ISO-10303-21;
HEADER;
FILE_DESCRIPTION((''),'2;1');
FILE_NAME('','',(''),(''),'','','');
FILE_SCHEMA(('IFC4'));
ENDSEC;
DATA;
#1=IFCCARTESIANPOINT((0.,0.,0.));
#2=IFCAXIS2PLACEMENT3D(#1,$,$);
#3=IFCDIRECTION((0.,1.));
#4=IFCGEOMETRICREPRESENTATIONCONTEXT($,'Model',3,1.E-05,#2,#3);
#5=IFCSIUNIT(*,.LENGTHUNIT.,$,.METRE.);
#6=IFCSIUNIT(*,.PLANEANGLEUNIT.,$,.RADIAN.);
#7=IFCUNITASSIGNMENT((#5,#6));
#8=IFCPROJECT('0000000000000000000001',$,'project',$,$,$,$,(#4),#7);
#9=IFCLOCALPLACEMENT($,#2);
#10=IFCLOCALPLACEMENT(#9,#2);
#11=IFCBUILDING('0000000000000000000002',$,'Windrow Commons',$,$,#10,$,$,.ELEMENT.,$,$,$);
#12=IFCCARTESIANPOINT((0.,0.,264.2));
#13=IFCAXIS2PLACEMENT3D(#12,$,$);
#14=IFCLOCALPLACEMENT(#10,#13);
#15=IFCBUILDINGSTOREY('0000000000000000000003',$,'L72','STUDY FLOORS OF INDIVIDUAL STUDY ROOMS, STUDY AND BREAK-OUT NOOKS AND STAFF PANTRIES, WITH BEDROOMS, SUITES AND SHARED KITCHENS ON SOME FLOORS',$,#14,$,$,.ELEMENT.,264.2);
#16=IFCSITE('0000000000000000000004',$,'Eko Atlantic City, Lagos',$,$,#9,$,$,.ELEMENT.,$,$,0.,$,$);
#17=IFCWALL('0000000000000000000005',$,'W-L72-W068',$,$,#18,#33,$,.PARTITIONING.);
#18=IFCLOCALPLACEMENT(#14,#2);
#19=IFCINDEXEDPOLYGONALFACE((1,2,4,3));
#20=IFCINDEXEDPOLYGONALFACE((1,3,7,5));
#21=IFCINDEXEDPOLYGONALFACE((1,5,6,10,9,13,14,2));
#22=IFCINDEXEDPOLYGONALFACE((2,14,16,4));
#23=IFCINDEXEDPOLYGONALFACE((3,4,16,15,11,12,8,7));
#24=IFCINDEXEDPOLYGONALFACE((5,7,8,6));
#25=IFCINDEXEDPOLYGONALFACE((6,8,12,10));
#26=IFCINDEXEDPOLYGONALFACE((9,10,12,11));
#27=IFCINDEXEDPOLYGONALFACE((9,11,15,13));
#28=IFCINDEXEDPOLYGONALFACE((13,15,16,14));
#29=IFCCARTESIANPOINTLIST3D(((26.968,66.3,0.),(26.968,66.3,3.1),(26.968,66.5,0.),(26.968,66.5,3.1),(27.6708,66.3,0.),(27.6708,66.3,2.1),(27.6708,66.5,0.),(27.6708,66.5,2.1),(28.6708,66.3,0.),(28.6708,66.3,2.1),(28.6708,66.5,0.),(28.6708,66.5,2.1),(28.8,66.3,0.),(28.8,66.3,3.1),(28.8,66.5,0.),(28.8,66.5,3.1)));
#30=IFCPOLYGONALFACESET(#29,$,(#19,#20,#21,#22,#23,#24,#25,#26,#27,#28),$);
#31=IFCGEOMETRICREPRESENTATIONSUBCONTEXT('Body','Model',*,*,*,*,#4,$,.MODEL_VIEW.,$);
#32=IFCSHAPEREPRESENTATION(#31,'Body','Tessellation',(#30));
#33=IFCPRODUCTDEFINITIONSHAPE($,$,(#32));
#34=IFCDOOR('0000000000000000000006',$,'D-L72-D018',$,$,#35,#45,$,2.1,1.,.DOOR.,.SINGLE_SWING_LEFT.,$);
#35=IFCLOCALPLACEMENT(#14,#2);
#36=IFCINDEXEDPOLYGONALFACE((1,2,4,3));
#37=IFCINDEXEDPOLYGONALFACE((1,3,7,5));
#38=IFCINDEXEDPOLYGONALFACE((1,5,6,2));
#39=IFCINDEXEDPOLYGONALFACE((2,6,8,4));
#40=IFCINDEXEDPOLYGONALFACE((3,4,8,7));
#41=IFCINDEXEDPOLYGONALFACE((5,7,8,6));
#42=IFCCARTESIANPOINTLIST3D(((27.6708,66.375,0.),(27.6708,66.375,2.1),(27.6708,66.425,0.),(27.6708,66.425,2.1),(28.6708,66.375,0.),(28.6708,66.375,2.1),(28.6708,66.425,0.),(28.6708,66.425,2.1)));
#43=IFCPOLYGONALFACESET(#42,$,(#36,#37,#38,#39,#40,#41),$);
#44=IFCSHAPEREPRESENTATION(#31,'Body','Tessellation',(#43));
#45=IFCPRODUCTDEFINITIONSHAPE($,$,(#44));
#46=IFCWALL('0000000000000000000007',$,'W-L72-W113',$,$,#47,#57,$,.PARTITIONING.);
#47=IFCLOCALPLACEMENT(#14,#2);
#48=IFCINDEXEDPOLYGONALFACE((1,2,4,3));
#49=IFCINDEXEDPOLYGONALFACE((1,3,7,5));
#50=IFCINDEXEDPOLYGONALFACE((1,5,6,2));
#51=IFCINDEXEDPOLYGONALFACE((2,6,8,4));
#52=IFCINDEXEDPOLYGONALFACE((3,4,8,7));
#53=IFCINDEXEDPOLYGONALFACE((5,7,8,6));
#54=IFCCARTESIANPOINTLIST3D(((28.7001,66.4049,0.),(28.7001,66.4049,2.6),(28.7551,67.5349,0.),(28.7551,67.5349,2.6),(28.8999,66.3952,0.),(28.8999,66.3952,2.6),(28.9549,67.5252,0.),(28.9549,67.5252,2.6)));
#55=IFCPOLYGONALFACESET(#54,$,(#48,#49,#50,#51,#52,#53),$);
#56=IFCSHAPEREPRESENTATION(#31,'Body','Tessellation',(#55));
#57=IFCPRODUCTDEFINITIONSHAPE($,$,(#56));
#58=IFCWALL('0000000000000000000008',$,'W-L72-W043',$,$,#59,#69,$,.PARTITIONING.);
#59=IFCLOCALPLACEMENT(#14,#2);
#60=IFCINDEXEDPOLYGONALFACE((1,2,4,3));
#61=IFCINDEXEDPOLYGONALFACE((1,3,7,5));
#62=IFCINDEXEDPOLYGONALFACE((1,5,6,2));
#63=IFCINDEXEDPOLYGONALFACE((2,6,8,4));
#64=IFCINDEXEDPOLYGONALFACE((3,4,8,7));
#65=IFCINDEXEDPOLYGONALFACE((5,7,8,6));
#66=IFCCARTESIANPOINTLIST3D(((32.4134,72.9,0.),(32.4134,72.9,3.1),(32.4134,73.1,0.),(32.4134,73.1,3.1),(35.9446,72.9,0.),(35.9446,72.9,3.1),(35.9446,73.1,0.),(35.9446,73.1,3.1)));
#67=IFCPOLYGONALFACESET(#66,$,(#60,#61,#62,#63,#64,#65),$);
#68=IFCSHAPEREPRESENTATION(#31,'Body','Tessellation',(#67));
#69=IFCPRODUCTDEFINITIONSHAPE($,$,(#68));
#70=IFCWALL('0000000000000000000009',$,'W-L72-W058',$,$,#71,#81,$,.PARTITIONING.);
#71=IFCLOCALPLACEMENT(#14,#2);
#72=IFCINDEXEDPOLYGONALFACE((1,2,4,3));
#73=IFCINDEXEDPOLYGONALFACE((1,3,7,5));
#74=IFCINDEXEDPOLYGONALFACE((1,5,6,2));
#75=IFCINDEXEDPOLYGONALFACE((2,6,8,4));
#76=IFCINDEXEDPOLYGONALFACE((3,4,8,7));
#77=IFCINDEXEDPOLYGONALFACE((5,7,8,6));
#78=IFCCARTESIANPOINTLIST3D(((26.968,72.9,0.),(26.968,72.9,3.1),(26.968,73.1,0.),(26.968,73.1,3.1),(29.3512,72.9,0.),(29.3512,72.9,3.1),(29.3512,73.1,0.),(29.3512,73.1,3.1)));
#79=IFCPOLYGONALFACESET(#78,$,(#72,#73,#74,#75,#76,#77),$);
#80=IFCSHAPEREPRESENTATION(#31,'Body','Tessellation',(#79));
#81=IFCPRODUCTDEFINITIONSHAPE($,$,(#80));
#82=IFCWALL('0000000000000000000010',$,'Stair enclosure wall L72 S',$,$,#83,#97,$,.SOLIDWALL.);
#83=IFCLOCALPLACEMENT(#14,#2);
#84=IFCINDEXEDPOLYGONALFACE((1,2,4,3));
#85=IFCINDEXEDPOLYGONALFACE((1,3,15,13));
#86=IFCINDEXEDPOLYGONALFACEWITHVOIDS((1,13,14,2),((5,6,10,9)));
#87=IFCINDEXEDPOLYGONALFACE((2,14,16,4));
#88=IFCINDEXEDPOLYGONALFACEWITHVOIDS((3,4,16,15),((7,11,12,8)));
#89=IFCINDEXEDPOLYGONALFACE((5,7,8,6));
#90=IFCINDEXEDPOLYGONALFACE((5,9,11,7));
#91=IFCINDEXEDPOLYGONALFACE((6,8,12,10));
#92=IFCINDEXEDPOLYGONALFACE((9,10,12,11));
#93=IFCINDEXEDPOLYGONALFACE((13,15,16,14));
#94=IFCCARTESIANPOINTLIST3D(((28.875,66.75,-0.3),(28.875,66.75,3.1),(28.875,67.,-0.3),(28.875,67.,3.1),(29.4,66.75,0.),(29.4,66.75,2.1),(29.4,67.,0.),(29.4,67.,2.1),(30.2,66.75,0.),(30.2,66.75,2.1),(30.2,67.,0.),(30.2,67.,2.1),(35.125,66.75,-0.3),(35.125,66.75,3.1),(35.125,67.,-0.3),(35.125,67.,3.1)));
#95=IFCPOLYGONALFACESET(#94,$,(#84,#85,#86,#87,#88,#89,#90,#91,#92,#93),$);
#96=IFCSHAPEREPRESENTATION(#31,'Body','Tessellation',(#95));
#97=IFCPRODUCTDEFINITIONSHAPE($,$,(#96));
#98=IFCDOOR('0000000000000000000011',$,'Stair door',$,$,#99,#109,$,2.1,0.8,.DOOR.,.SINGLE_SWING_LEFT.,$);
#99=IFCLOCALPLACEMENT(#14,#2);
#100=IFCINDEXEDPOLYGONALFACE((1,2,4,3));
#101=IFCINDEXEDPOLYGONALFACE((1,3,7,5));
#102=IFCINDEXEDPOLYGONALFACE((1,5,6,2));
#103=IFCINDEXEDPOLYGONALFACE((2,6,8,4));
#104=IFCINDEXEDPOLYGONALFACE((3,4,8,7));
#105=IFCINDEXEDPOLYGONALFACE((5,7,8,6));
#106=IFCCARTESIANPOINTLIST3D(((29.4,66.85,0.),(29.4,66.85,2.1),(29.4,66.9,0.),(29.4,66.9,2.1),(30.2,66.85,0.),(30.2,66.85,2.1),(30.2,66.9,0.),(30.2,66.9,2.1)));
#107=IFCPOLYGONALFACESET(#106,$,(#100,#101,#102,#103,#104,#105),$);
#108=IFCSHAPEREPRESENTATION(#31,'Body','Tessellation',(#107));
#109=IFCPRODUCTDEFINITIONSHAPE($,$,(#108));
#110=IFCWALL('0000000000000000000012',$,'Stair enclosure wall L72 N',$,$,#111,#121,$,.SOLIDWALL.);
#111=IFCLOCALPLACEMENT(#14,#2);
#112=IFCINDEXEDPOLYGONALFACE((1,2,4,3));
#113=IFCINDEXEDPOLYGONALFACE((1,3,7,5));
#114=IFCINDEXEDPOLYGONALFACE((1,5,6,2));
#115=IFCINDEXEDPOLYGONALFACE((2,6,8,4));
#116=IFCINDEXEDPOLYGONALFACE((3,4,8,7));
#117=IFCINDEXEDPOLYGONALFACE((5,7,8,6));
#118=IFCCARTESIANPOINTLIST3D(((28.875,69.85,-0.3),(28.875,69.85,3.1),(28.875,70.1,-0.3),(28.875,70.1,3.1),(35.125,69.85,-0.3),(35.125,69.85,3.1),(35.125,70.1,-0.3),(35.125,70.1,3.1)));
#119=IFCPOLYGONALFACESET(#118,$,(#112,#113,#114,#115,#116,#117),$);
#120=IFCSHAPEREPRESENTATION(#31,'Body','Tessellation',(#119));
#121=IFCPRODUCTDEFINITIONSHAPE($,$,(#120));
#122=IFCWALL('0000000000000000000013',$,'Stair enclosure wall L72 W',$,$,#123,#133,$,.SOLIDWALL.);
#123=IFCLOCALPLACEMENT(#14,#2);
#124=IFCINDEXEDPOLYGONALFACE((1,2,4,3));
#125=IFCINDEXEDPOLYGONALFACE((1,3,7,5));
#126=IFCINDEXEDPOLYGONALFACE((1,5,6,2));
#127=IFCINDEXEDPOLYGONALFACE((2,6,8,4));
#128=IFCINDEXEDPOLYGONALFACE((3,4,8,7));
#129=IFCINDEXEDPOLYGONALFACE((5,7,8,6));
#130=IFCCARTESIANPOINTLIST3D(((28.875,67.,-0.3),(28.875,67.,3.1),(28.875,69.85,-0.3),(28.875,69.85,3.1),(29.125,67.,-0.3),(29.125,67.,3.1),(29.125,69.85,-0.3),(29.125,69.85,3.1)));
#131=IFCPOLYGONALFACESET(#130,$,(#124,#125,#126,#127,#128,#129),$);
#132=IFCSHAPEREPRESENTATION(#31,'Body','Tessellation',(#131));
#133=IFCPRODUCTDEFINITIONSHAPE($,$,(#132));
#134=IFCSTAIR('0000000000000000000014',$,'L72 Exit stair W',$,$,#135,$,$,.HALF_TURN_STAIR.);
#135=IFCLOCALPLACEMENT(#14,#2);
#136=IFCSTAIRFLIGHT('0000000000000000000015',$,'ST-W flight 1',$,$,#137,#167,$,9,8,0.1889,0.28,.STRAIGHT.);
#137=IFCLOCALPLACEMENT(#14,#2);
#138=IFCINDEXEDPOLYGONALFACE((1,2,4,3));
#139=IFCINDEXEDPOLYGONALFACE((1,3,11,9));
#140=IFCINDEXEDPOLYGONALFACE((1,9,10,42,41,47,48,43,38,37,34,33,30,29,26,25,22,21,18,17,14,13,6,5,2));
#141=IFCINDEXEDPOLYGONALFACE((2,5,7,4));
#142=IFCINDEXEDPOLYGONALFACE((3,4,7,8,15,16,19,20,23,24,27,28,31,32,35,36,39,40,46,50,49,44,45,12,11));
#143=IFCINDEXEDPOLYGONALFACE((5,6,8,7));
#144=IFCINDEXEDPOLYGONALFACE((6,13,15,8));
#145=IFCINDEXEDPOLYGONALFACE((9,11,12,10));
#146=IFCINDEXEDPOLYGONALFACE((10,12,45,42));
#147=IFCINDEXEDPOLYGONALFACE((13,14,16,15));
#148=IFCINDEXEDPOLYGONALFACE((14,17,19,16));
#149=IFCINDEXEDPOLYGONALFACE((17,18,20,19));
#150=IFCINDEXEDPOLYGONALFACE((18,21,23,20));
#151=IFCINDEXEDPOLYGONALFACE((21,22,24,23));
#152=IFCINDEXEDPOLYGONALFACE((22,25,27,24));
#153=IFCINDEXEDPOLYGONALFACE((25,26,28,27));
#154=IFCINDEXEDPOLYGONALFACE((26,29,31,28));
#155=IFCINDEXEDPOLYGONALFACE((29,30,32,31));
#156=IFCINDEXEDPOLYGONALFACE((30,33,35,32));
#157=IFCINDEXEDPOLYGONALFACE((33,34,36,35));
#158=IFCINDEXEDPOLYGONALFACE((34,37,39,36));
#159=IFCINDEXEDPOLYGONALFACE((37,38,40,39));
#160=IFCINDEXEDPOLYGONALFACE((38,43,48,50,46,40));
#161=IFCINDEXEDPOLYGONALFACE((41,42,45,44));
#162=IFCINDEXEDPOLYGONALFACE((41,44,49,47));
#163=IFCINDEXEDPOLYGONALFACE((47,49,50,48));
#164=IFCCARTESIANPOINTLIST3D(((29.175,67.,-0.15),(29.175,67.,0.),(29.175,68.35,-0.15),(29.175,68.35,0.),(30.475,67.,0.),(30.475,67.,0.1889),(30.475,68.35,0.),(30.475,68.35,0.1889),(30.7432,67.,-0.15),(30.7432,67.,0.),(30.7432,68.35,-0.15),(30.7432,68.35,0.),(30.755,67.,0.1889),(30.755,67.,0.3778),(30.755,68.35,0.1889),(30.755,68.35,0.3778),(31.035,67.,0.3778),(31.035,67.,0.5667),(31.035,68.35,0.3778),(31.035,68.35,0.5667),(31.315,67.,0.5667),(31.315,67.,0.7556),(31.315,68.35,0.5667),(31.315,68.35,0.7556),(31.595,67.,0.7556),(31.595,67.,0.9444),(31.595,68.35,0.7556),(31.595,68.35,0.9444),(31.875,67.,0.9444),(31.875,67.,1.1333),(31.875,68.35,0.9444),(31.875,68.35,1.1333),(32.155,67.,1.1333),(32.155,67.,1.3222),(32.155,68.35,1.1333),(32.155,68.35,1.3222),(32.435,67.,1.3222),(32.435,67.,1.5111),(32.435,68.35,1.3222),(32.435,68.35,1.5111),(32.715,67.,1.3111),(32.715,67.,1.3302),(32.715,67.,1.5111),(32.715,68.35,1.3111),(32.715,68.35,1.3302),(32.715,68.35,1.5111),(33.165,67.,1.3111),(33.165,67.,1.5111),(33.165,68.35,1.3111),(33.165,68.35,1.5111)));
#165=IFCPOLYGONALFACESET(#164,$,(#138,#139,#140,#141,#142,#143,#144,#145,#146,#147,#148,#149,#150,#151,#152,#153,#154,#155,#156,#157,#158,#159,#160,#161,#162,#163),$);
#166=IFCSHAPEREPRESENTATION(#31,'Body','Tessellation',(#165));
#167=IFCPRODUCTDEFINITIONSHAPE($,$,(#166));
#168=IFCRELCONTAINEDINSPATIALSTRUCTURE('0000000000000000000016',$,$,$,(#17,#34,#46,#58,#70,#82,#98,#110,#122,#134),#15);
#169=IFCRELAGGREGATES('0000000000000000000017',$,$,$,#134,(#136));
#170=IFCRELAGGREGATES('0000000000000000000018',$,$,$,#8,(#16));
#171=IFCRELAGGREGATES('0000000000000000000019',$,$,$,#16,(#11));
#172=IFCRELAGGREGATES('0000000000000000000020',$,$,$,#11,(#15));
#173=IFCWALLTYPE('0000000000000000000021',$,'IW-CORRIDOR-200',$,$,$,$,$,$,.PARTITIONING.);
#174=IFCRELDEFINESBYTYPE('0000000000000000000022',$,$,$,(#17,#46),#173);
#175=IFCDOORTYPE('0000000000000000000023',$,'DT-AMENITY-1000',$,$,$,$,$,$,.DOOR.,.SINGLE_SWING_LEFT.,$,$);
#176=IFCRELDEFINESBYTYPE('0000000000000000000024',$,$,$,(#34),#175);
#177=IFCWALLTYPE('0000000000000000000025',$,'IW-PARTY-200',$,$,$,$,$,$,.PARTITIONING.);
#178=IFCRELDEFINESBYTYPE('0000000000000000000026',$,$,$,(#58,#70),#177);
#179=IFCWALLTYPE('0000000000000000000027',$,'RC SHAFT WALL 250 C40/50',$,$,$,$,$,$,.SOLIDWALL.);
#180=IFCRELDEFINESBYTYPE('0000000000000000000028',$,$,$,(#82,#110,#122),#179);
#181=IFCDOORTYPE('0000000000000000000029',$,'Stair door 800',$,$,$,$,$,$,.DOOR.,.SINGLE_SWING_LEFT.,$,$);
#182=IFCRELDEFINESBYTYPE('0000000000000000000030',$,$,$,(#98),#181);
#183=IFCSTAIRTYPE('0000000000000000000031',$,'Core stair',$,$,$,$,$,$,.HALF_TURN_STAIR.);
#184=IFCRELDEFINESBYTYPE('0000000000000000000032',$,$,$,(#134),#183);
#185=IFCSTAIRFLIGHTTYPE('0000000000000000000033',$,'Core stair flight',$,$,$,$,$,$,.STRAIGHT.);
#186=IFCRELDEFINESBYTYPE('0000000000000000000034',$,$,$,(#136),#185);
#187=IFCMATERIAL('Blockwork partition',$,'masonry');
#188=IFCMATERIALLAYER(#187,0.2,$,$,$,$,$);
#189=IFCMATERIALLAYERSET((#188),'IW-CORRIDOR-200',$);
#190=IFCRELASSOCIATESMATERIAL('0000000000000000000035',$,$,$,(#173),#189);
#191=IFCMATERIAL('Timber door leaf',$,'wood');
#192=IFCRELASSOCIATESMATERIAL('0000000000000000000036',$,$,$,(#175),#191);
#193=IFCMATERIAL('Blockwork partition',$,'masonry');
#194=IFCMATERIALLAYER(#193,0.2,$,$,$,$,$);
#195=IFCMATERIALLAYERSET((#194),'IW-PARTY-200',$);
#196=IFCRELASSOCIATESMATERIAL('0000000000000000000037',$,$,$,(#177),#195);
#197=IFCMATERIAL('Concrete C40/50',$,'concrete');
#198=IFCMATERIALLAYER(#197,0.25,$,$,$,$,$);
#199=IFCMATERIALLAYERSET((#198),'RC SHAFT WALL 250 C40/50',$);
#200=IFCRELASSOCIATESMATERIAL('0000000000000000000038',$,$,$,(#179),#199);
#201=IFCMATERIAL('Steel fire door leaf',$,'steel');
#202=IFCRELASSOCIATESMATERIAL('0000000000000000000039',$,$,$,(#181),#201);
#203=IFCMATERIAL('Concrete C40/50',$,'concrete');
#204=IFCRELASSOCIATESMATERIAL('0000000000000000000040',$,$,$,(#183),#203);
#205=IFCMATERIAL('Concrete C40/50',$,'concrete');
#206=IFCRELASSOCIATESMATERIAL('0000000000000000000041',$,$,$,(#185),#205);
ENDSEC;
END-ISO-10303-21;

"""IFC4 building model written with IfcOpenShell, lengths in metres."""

from ifc_helpers import new_model, si_unit, direction, frame, frame_2d, origin, place, context, subcontext, project, spatial, polyline, rectangle, outline, extrude, material, layer, layer_set, type_object, element, fill, aggregate, save


model = new_model("IFC4")

# Units and contexts
model_context = context("Model", 3, precision=1e-05, world=origin(), true_north=direction((0.0, 1.0)))
body_context = subcontext(model_context, "Body", "Model", "MODEL_VIEW")
ifc_project = project(units=[si_unit("LENGTHUNIT", "METRE"), si_unit("PLANEANGLEUNIT", "RADIAN")], contexts=[model_context])

# Site, building, storey
site_placement = place(None, origin())
site = spatial("IfcSite", under=ifc_project, at=site_placement, Name="Eko Atlantic City, Lagos", CompositionType="ELEMENT", RefElevation=0.0)
building_placement = place(site_placement, origin())
building = spatial("IfcBuilding", under=site, at=building_placement, Name="Windrow Commons", CompositionType="ELEMENT")
storey_placement = place(building_placement, frame((0.0, 0.0, 264.2)))
storey = spatial("IfcBuildingStorey", under=building, at=storey_placement, Name="L72", Description="STUDY FLOORS OF INDIVIDUAL STUDY ROOMS, STUDY AND BREAK-OUT NOOKS AND STAFF PANTRIES, WITH BEDROOMS, SUITES AND SHARED KITCHENS ON SOME FLOORS", CompositionType="ELEMENT", Elevation=264.2)

# Shared definitions
ifc_material_1 = material(Name="Blockwork partition", Category="masonry")
ifc_layer_1 = layer(ifc_material_1, 0.2)
ifc_layer_set_1 = layer_set([ifc_layer_1], Name="IW-CORRIDOR-200")
wall_type_1 = type_object("IfcWallType", Name="IW-CORRIDOR-200", PredefinedType="PARTITIONING", material=ifc_layer_set_1)

# Wall, opening, door
wall_1_placement = place(storey_placement, frame((26.968, 66.4, 0.0), z_axis=(0.0, 0.0, 1.0), x_axis=(1.0, 0.0, 0.0)))
wall_1 = element("IfcWall", 1, at=wall_1_placement, inside=storey, type_object=wall_type_1, Name="W-L72-W068", PredefinedType="PARTITIONING", context=body_context, shape_type="SweptSolid", body=[
    extrude(rectangle(XDim=1.832, YDim=0.2, at=frame_2d((0.916, 0.0))), origin(), (0.0, 0.0, 1.0), 3.1),
])
opening_1_placement = place(wall_1_placement, frame((0.7028, 0.0, 0.0)))
opening_1 = element("IfcOpeningElement", 2, at=opening_1_placement, cuts=wall_1, PredefinedType="OPENING", context=body_context, shape_type="SweptSolid", body=[
    extrude(rectangle(XDim=1.0, YDim=2.1, at=frame_2d((0.5, 1.05))), frame((0.0, 0.11, 0.0), z_axis=(0.0, -1.0, 0.0), x_axis=(1.0, 0.0, 0.0)), (0.0, 0.0, 1.0), 0.22),
])
ifc_material_2 = material(Name="Timber door leaf", Category="wood")
door_type_1 = type_object("IfcDoorType", Name="DT-AMENITY-1000", OperationType="SINGLE_SWING_LEFT", PredefinedType="DOOR", material=ifc_material_2)
door_1_placement = place(opening_1_placement, origin())
door_1 = element("IfcDoor", 3, at=door_1_placement, inside=storey, type_object=door_type_1, Name="D-L72-D018", OperationType="SINGLE_SWING_LEFT", OverallHeight=2.1, OverallWidth=1.0, PredefinedType="DOOR", context=body_context, shape_type="SweptSolid", body=[
    extrude(rectangle(XDim=1.0, YDim=2.1, at=frame_2d((0.5, 1.05))), frame((0.0, 0.025, 0.0), z_axis=(0.0, -1.0, 0.0), x_axis=(1.0, 0.0, 0.0)), (0.0, 0.0, 1.0), 0.05),
])
fill(opening_1, door_1)

# Walls
wall_2_placement = place(storey_placement, frame((28.855, 67.53, 0.0), z_axis=(0.0, 0.0, 1.0), x_axis=(-0.048615, -0.998818, 0.0)))
element("IfcWall", 4, at=wall_2_placement, inside=storey, type_object=wall_type_1, Name="W-L72-W113", PredefinedType="PARTITIONING", context=body_context, shape_type="SweptSolid", body=[
    extrude(rectangle(XDim=1.1313, YDim=0.2, at=frame_2d((0.5656, 0.0))), origin(), (0.0, 0.0, 1.0), 2.6),
])
ifc_material_3 = material(Name="Blockwork partition", Category="masonry")
ifc_layer_2 = layer(ifc_material_3, 0.2)
ifc_layer_set_2 = layer_set([ifc_layer_2], Name="IW-PARTY-200")
wall_type_2 = type_object("IfcWallType", Name="IW-PARTY-200", PredefinedType="PARTITIONING", material=ifc_layer_set_2)
wall_3_placement = place(storey_placement, frame((32.4135, 73.0, 0.0), z_axis=(0.0, 0.0, 1.0), x_axis=(1.0, 0.0, 0.0)))
element("IfcWall", 5, at=wall_3_placement, inside=storey, type_object=wall_type_2, Name="W-L72-W043", PredefinedType="PARTITIONING", context=body_context, shape_type="SweptSolid", body=[
    extrude(rectangle(XDim=3.5311, YDim=0.2, at=frame_2d((1.7655, 0.0))), origin(), (0.0, 0.0, 1.0), 3.1),
])
wall_4_placement = place(storey_placement, frame((26.968, 73.0, 0.0), z_axis=(0.0, 0.0, 1.0), x_axis=(1.0, 0.0, 0.0)))
element("IfcWall", 6, at=wall_4_placement, inside=storey, type_object=wall_type_2, Name="W-L72-W058", PredefinedType="PARTITIONING", context=body_context, shape_type="SweptSolid", body=[
    extrude(rectangle(XDim=2.3831, YDim=0.2, at=frame_2d((1.1916, 0.0))), origin(), (0.0, 0.0, 1.0), 3.1),
])

# Wall, opening, door
ifc_material_4 = material(Name="Concrete C40/50", Category="concrete")
ifc_layer_3 = layer(ifc_material_4, 0.25)
ifc_layer_set_3 = layer_set([ifc_layer_3], Name="RC SHAFT WALL 250 C40/50")
wall_type_3 = type_object("IfcWallType", Name="RC SHAFT WALL 250 C40/50", PredefinedType="SOLIDWALL", material=ifc_layer_set_3)
wall_5_placement = place(storey_placement, frame((28.875, 66.875, -0.3), z_axis=(0.0, 0.0, 1.0), x_axis=(1.0, 0.0, 0.0)))
wall_5 = element("IfcWall", 7, at=wall_5_placement, inside=storey, type_object=wall_type_3, Name="Stair enclosure wall L72 S", PredefinedType="SOLIDWALL", context=body_context, shape_type="SweptSolid", body=[
    extrude(rectangle(XDim=6.25, YDim=0.25, at=frame_2d((3.125, 0.0))), origin(), (0.0, 0.0, 1.0), 3.4),
])
opening_2_placement = place(wall_5_placement, frame((0.525, 0.0, 0.3)))
opening_2 = element("IfcOpeningElement", 8, at=opening_2_placement, cuts=wall_5, PredefinedType="OPENING", context=body_context, shape_type="SweptSolid", body=[
    extrude(rectangle(XDim=0.8, YDim=2.1, at=frame_2d((0.4, 1.05))), frame((0.0, 0.135, 0.0), z_axis=(0.0, -1.0, 0.0), x_axis=(1.0, 0.0, 0.0)), (0.0, 0.0, 1.0), 0.27),
])
ifc_material_5 = material(Name="Steel fire door leaf", Category="steel")
door_type_2 = type_object("IfcDoorType", Name="Stair door 800", OperationType="SINGLE_SWING_LEFT", PredefinedType="DOOR", material=ifc_material_5)
door_2_placement = place(opening_2_placement, origin())
door_2 = element("IfcDoor", 9, at=door_2_placement, inside=storey, type_object=door_type_2, Name="Stair door", OperationType="SINGLE_SWING_LEFT", OverallHeight=2.1, OverallWidth=0.8, PredefinedType="DOOR", context=body_context, shape_type="SweptSolid", body=[
    extrude(rectangle(XDim=0.8, YDim=2.1, at=frame_2d((0.4, 1.05))), frame((0.0, 0.025, 0.0), z_axis=(0.0, -1.0, 0.0), x_axis=(1.0, 0.0, 0.0)), (0.0, 0.0, 1.0), 0.05),
])
fill(opening_2, door_2)

# Walls
wall_6_placement = place(storey_placement, frame((28.875, 69.975, -0.3), z_axis=(0.0, 0.0, 1.0), x_axis=(1.0, 0.0, 0.0)))
element("IfcWall", 10, at=wall_6_placement, inside=storey, type_object=wall_type_3, Name="Stair enclosure wall L72 N", PredefinedType="SOLIDWALL", context=body_context, shape_type="SweptSolid", body=[
    extrude(rectangle(XDim=6.25, YDim=0.25, at=frame_2d((3.125, 0.0))), origin(), (0.0, 0.0, 1.0), 3.4),
])
wall_7_placement = place(storey_placement, frame((29.0, 67.0, -0.3), z_axis=(0.0, 0.0, 1.0), x_axis=(0.0, 1.0, 0.0)))
element("IfcWall", 11, at=wall_7_placement, inside=storey, type_object=wall_type_3, Name="Stair enclosure wall L72 W", PredefinedType="SOLIDWALL", context=body_context, shape_type="SweptSolid", body=[
    extrude(rectangle(XDim=2.85, YDim=0.25, at=frame_2d((1.425, 0.0))), origin(), (0.0, 0.0, 1.0), 3.4),
])

# Stair, stair flight
ifc_material_6 = material(Name="Concrete C40/50", Category="concrete")
stair_type = type_object("IfcStairType", Name="Core stair", PredefinedType="HALF_TURN_STAIR", material=ifc_material_6)
stair_placement = place(storey_placement, origin())
stair = element("IfcStair", 12, at=stair_placement, inside=storey, type_object=stair_type, Name="L72 Exit stair W", PredefinedType="HALF_TURN_STAIR")
ifc_material_7 = material(Name="Concrete C40/50", Category="concrete")
stair_flight_type = type_object("IfcStairFlightType", Name="Core stair flight", PredefinedType="STRAIGHT", material=ifc_material_7)
stair_flight_1_placement = place(storey_placement, frame((30.475, 67.675, 0.0), z_axis=(0.0, 0.0, 1.0), x_axis=(1.0, 0.0, 0.0)))
stair_flight_1 = element("IfcStairFlight", 13, at=stair_flight_1_placement, type_object=stair_flight_type, Name="ST-W flight 1", NumberOfRisers=9, NumberOfTreads=8, PredefinedType="STRAIGHT", RiserHeight=0.1889, TreadLength=0.28, context=body_context, shape_type="SweptSolid", body=[
    extrude(outline(polyline([(-1.3, -0.15), (-1.3, 0.0), (0.0, 0.0), (0.0, 0.1889), (0.28, 0.1889), (0.28, 0.3778), (0.56, 0.3778), (0.56, 0.5667), (0.84, 0.5667), (0.84, 0.7556), (1.12, 0.7556), (1.12, 0.9444), (1.4, 0.9444), (1.4, 1.1333), (1.68, 1.1333), (1.68, 1.3222), (1.96, 1.3222), (1.96, 1.5111), (2.24, 1.5111), (2.69, 1.5111), (2.69, 1.3111), (2.24, 1.3111), (2.24, 1.3302), (0.2682, 0.0), (0.2682, -0.15), (-1.3, -0.15)])), frame((0.0, 0.675, 0.0), z_axis=(0.0, -1.0, 0.0), x_axis=(1.0, 0.0, 0.0)), (0.0, 0.0, 1.0), 1.35),
])
aggregate(stair, [stair_flight_1])

save(model, "model.ifc")
